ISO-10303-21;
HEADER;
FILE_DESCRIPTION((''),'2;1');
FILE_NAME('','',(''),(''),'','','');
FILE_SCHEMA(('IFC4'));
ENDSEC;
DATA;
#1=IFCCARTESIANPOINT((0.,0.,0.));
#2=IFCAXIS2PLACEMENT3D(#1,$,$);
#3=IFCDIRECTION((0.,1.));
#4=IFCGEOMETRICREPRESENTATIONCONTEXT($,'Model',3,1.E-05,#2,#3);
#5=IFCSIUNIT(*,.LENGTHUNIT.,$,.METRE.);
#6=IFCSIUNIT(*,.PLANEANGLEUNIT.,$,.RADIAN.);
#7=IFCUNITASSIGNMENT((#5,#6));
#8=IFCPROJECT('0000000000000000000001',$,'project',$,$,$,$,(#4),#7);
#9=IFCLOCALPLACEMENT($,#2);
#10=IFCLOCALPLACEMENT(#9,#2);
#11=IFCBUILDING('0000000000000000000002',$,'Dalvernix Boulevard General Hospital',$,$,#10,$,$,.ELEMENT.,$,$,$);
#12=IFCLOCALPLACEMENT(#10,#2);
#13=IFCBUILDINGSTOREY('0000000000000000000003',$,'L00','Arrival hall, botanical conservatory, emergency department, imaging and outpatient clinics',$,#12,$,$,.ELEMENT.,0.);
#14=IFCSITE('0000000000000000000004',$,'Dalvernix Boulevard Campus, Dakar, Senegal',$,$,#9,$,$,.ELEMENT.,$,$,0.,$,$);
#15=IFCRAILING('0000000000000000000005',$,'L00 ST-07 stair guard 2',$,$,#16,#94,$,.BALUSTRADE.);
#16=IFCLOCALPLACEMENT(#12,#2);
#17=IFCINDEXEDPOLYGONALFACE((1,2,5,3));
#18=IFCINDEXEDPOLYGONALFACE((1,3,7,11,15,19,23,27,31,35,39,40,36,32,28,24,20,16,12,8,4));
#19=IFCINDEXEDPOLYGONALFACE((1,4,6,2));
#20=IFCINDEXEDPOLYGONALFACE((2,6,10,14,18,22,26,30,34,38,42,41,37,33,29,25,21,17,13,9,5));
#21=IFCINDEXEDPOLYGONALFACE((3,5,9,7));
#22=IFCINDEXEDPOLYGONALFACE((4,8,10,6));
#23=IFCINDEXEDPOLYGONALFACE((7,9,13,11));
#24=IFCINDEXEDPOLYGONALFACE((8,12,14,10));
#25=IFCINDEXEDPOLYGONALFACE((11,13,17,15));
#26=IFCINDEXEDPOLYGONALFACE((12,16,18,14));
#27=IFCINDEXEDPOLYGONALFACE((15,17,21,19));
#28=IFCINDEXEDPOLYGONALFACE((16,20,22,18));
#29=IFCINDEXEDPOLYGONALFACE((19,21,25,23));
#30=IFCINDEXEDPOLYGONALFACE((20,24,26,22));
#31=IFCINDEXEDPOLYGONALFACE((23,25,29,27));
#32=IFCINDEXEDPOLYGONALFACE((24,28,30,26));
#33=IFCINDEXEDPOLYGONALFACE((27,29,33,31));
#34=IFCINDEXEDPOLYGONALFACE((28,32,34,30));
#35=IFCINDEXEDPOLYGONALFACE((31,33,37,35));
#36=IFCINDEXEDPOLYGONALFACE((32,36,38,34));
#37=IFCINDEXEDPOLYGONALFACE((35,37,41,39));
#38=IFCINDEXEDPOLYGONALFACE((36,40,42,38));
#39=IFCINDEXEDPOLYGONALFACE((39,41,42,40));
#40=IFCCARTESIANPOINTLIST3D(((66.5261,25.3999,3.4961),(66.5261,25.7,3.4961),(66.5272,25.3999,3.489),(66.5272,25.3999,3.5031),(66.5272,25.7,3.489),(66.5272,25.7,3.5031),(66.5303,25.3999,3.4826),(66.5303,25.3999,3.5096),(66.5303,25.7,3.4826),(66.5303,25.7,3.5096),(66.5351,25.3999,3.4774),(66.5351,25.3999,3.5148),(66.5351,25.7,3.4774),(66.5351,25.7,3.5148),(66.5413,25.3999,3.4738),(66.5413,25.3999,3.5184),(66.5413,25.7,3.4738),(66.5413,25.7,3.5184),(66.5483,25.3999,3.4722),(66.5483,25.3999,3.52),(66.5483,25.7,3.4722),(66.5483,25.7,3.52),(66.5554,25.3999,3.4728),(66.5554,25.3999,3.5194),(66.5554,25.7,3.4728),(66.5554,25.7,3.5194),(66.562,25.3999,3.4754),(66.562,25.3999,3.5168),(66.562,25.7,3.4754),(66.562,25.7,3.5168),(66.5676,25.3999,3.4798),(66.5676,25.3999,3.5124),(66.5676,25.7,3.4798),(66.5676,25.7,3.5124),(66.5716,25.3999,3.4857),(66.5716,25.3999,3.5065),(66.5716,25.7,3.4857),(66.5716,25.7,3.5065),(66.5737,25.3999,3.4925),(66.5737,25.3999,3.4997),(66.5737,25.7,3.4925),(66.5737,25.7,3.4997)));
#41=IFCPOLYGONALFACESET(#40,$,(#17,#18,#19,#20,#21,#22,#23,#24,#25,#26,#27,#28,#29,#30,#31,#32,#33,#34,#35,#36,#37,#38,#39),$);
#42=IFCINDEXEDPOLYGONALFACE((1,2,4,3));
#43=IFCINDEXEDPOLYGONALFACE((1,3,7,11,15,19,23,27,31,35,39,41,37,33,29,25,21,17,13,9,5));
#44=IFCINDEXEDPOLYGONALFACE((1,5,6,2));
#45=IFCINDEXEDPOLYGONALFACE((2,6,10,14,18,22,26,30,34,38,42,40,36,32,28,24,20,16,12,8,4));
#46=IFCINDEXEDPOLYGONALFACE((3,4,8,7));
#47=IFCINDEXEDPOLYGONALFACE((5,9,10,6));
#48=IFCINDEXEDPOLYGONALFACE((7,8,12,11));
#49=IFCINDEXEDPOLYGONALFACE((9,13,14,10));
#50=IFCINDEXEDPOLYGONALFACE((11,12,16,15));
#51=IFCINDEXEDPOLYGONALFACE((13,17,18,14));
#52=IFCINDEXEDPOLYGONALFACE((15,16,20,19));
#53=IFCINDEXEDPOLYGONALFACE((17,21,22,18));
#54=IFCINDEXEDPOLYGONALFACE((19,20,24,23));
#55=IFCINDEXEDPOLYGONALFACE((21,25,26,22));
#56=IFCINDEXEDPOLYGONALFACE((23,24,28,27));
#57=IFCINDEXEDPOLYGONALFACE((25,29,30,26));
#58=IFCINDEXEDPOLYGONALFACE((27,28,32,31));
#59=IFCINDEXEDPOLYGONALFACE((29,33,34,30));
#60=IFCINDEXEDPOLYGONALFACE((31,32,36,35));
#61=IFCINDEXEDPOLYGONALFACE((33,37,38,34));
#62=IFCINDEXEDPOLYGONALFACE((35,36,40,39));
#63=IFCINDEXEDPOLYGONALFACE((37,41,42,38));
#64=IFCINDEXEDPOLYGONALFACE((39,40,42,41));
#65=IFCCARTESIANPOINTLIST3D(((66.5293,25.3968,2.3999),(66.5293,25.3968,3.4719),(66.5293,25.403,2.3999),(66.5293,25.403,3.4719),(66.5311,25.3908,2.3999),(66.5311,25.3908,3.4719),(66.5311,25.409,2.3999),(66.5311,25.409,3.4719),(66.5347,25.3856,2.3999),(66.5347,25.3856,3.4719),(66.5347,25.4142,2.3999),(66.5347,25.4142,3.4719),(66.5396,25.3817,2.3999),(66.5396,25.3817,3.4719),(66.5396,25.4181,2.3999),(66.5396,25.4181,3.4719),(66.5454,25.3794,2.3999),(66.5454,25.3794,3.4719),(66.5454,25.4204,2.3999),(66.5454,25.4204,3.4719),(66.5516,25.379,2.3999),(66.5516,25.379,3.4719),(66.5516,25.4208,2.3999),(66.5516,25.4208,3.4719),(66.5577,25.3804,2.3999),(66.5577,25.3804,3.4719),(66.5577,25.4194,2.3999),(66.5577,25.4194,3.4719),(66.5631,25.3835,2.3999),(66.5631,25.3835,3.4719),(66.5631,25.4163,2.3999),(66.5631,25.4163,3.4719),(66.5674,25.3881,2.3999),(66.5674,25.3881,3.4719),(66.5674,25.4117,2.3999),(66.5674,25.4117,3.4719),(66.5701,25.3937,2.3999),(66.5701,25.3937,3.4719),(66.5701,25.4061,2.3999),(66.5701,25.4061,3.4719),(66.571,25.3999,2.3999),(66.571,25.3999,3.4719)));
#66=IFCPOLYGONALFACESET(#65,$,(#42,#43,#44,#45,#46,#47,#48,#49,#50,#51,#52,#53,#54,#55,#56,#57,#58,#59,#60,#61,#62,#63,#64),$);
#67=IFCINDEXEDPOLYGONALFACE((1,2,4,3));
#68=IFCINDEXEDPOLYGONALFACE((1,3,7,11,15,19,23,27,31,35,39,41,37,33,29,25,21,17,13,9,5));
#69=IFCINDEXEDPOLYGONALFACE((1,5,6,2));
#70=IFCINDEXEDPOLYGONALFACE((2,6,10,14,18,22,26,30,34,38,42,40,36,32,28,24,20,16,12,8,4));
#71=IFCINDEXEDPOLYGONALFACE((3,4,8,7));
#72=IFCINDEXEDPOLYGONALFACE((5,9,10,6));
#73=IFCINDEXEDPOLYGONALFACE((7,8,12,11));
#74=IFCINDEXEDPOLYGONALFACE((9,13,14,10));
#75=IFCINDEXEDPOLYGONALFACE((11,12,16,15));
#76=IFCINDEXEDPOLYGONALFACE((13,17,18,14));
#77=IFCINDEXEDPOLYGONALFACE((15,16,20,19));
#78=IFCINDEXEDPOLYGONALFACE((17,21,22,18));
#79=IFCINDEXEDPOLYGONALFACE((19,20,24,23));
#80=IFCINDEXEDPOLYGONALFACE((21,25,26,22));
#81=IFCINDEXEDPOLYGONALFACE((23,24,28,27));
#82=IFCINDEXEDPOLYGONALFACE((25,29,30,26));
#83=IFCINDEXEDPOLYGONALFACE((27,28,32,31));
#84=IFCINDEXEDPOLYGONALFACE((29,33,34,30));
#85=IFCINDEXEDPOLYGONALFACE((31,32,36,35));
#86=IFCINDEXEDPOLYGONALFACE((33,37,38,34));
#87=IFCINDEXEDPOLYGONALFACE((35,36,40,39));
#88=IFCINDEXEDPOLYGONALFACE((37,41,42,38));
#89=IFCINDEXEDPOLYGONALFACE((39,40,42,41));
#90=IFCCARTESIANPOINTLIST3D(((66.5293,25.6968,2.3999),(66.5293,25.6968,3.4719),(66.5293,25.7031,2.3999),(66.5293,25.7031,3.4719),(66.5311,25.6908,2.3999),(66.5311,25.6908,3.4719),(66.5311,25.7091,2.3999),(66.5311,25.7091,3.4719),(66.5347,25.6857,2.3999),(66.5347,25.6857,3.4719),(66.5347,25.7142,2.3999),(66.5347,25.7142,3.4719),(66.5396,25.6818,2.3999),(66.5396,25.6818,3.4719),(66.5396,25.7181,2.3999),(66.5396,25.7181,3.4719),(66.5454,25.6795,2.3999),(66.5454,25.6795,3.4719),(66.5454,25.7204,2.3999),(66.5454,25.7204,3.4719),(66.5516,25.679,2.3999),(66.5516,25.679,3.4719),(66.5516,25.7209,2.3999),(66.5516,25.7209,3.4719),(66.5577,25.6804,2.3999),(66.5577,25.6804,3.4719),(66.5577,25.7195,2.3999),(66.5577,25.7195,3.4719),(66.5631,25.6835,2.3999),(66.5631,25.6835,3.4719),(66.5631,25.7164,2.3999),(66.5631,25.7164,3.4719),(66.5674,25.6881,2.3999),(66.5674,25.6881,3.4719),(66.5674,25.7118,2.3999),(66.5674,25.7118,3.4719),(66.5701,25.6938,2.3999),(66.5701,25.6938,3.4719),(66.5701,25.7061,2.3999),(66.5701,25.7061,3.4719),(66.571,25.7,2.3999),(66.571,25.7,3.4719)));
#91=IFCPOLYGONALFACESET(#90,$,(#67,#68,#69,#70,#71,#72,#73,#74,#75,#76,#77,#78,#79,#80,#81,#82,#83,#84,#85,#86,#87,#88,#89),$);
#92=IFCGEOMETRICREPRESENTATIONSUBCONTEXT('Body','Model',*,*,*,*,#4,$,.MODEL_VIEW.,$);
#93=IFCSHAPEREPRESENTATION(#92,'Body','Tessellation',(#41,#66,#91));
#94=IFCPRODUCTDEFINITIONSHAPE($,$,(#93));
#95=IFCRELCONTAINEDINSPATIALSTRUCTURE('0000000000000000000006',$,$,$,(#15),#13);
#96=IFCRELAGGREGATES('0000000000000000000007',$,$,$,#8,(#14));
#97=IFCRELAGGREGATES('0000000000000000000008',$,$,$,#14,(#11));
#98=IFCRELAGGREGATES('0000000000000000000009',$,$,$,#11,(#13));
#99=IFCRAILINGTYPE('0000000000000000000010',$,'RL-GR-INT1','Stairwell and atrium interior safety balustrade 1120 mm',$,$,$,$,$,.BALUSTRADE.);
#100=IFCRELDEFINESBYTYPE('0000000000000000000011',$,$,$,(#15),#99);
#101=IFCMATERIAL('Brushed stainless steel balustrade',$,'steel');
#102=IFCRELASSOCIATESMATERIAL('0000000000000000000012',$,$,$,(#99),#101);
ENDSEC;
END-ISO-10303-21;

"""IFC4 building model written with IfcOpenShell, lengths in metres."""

from ifc_helpers import new_model, si_unit, direction, frame, origin, origin_2d, place, context, subcontext, project, spatial, circle, extrude, material, type_object, element, save


model = new_model("IFC4")

# Units and contexts
model_context = context("Model", 3, precision=1e-05, world=origin(), true_north=direction((0.0, 1.0)))
body_context = subcontext(model_context, "Body", "Model", "MODEL_VIEW")
ifc_project = project(units=[si_unit("LENGTHUNIT", "METRE"), si_unit("PLANEANGLEUNIT", "RADIAN")], contexts=[model_context])

# Site, building, storey
site_placement = place(None, origin())
site = spatial("IfcSite", under=ifc_project, at=site_placement, Name="Dalvernix Boulevard Campus, Dakar, Senegal", CompositionType="ELEMENT", RefElevation=0.0)
building_placement = place(site_placement, origin())
building = spatial("IfcBuilding", under=site, at=building_placement, Name="Dalvernix Boulevard General Hospital", CompositionType="ELEMENT")
storey_placement = place(building_placement, origin())
storey = spatial("IfcBuildingStorey", under=building, at=storey_placement, Name="L00", Description="Arrival hall, botanical conservatory, emergency department, imaging and outpatient clinics", CompositionType="ELEMENT", Elevation=0.0)

# Railing
ifc_material_1 = material(Name="Brushed stainless steel balustrade", Category="steel")
railing_type_1 = type_object("IfcRailingType", Name="RL-GR-INT1", Description="Stairwell and atrium interior safety balustrade 1120 mm", PredefinedType="BALUSTRADE", material=ifc_material_1)
railing_1_placement = place(storey_placement, frame((66.55, 25.3999, 2.3999)))
element("IfcRailing", 1, at=railing_1_placement, inside=storey, type_object=railing_type_1, Name="L00 ST-07 stair guard 2", PredefinedType="BALUSTRADE", context=body_context, shape_type="SweptSolid", body=[
    extrude(circle(Radius=0.0239, at=origin_2d()), frame((0.0, 0.0, 1.0962), z_axis=(0.0, 1.0, 0.0), x_axis=(-1.0, 0.0, 0.0)), (0.0, 0.0, 1.0), 0.3),
    extrude(circle(Radius=0.021, at=origin_2d()), origin(), (0.0, 0.0, 1.0), 1.072),
    extrude(circle(Radius=0.021, at=origin_2d()), frame((0.0, 0.3, 0.0)), (0.0, 0.0, 1.0), 1.072),
])

save(model, "model.ifc")
